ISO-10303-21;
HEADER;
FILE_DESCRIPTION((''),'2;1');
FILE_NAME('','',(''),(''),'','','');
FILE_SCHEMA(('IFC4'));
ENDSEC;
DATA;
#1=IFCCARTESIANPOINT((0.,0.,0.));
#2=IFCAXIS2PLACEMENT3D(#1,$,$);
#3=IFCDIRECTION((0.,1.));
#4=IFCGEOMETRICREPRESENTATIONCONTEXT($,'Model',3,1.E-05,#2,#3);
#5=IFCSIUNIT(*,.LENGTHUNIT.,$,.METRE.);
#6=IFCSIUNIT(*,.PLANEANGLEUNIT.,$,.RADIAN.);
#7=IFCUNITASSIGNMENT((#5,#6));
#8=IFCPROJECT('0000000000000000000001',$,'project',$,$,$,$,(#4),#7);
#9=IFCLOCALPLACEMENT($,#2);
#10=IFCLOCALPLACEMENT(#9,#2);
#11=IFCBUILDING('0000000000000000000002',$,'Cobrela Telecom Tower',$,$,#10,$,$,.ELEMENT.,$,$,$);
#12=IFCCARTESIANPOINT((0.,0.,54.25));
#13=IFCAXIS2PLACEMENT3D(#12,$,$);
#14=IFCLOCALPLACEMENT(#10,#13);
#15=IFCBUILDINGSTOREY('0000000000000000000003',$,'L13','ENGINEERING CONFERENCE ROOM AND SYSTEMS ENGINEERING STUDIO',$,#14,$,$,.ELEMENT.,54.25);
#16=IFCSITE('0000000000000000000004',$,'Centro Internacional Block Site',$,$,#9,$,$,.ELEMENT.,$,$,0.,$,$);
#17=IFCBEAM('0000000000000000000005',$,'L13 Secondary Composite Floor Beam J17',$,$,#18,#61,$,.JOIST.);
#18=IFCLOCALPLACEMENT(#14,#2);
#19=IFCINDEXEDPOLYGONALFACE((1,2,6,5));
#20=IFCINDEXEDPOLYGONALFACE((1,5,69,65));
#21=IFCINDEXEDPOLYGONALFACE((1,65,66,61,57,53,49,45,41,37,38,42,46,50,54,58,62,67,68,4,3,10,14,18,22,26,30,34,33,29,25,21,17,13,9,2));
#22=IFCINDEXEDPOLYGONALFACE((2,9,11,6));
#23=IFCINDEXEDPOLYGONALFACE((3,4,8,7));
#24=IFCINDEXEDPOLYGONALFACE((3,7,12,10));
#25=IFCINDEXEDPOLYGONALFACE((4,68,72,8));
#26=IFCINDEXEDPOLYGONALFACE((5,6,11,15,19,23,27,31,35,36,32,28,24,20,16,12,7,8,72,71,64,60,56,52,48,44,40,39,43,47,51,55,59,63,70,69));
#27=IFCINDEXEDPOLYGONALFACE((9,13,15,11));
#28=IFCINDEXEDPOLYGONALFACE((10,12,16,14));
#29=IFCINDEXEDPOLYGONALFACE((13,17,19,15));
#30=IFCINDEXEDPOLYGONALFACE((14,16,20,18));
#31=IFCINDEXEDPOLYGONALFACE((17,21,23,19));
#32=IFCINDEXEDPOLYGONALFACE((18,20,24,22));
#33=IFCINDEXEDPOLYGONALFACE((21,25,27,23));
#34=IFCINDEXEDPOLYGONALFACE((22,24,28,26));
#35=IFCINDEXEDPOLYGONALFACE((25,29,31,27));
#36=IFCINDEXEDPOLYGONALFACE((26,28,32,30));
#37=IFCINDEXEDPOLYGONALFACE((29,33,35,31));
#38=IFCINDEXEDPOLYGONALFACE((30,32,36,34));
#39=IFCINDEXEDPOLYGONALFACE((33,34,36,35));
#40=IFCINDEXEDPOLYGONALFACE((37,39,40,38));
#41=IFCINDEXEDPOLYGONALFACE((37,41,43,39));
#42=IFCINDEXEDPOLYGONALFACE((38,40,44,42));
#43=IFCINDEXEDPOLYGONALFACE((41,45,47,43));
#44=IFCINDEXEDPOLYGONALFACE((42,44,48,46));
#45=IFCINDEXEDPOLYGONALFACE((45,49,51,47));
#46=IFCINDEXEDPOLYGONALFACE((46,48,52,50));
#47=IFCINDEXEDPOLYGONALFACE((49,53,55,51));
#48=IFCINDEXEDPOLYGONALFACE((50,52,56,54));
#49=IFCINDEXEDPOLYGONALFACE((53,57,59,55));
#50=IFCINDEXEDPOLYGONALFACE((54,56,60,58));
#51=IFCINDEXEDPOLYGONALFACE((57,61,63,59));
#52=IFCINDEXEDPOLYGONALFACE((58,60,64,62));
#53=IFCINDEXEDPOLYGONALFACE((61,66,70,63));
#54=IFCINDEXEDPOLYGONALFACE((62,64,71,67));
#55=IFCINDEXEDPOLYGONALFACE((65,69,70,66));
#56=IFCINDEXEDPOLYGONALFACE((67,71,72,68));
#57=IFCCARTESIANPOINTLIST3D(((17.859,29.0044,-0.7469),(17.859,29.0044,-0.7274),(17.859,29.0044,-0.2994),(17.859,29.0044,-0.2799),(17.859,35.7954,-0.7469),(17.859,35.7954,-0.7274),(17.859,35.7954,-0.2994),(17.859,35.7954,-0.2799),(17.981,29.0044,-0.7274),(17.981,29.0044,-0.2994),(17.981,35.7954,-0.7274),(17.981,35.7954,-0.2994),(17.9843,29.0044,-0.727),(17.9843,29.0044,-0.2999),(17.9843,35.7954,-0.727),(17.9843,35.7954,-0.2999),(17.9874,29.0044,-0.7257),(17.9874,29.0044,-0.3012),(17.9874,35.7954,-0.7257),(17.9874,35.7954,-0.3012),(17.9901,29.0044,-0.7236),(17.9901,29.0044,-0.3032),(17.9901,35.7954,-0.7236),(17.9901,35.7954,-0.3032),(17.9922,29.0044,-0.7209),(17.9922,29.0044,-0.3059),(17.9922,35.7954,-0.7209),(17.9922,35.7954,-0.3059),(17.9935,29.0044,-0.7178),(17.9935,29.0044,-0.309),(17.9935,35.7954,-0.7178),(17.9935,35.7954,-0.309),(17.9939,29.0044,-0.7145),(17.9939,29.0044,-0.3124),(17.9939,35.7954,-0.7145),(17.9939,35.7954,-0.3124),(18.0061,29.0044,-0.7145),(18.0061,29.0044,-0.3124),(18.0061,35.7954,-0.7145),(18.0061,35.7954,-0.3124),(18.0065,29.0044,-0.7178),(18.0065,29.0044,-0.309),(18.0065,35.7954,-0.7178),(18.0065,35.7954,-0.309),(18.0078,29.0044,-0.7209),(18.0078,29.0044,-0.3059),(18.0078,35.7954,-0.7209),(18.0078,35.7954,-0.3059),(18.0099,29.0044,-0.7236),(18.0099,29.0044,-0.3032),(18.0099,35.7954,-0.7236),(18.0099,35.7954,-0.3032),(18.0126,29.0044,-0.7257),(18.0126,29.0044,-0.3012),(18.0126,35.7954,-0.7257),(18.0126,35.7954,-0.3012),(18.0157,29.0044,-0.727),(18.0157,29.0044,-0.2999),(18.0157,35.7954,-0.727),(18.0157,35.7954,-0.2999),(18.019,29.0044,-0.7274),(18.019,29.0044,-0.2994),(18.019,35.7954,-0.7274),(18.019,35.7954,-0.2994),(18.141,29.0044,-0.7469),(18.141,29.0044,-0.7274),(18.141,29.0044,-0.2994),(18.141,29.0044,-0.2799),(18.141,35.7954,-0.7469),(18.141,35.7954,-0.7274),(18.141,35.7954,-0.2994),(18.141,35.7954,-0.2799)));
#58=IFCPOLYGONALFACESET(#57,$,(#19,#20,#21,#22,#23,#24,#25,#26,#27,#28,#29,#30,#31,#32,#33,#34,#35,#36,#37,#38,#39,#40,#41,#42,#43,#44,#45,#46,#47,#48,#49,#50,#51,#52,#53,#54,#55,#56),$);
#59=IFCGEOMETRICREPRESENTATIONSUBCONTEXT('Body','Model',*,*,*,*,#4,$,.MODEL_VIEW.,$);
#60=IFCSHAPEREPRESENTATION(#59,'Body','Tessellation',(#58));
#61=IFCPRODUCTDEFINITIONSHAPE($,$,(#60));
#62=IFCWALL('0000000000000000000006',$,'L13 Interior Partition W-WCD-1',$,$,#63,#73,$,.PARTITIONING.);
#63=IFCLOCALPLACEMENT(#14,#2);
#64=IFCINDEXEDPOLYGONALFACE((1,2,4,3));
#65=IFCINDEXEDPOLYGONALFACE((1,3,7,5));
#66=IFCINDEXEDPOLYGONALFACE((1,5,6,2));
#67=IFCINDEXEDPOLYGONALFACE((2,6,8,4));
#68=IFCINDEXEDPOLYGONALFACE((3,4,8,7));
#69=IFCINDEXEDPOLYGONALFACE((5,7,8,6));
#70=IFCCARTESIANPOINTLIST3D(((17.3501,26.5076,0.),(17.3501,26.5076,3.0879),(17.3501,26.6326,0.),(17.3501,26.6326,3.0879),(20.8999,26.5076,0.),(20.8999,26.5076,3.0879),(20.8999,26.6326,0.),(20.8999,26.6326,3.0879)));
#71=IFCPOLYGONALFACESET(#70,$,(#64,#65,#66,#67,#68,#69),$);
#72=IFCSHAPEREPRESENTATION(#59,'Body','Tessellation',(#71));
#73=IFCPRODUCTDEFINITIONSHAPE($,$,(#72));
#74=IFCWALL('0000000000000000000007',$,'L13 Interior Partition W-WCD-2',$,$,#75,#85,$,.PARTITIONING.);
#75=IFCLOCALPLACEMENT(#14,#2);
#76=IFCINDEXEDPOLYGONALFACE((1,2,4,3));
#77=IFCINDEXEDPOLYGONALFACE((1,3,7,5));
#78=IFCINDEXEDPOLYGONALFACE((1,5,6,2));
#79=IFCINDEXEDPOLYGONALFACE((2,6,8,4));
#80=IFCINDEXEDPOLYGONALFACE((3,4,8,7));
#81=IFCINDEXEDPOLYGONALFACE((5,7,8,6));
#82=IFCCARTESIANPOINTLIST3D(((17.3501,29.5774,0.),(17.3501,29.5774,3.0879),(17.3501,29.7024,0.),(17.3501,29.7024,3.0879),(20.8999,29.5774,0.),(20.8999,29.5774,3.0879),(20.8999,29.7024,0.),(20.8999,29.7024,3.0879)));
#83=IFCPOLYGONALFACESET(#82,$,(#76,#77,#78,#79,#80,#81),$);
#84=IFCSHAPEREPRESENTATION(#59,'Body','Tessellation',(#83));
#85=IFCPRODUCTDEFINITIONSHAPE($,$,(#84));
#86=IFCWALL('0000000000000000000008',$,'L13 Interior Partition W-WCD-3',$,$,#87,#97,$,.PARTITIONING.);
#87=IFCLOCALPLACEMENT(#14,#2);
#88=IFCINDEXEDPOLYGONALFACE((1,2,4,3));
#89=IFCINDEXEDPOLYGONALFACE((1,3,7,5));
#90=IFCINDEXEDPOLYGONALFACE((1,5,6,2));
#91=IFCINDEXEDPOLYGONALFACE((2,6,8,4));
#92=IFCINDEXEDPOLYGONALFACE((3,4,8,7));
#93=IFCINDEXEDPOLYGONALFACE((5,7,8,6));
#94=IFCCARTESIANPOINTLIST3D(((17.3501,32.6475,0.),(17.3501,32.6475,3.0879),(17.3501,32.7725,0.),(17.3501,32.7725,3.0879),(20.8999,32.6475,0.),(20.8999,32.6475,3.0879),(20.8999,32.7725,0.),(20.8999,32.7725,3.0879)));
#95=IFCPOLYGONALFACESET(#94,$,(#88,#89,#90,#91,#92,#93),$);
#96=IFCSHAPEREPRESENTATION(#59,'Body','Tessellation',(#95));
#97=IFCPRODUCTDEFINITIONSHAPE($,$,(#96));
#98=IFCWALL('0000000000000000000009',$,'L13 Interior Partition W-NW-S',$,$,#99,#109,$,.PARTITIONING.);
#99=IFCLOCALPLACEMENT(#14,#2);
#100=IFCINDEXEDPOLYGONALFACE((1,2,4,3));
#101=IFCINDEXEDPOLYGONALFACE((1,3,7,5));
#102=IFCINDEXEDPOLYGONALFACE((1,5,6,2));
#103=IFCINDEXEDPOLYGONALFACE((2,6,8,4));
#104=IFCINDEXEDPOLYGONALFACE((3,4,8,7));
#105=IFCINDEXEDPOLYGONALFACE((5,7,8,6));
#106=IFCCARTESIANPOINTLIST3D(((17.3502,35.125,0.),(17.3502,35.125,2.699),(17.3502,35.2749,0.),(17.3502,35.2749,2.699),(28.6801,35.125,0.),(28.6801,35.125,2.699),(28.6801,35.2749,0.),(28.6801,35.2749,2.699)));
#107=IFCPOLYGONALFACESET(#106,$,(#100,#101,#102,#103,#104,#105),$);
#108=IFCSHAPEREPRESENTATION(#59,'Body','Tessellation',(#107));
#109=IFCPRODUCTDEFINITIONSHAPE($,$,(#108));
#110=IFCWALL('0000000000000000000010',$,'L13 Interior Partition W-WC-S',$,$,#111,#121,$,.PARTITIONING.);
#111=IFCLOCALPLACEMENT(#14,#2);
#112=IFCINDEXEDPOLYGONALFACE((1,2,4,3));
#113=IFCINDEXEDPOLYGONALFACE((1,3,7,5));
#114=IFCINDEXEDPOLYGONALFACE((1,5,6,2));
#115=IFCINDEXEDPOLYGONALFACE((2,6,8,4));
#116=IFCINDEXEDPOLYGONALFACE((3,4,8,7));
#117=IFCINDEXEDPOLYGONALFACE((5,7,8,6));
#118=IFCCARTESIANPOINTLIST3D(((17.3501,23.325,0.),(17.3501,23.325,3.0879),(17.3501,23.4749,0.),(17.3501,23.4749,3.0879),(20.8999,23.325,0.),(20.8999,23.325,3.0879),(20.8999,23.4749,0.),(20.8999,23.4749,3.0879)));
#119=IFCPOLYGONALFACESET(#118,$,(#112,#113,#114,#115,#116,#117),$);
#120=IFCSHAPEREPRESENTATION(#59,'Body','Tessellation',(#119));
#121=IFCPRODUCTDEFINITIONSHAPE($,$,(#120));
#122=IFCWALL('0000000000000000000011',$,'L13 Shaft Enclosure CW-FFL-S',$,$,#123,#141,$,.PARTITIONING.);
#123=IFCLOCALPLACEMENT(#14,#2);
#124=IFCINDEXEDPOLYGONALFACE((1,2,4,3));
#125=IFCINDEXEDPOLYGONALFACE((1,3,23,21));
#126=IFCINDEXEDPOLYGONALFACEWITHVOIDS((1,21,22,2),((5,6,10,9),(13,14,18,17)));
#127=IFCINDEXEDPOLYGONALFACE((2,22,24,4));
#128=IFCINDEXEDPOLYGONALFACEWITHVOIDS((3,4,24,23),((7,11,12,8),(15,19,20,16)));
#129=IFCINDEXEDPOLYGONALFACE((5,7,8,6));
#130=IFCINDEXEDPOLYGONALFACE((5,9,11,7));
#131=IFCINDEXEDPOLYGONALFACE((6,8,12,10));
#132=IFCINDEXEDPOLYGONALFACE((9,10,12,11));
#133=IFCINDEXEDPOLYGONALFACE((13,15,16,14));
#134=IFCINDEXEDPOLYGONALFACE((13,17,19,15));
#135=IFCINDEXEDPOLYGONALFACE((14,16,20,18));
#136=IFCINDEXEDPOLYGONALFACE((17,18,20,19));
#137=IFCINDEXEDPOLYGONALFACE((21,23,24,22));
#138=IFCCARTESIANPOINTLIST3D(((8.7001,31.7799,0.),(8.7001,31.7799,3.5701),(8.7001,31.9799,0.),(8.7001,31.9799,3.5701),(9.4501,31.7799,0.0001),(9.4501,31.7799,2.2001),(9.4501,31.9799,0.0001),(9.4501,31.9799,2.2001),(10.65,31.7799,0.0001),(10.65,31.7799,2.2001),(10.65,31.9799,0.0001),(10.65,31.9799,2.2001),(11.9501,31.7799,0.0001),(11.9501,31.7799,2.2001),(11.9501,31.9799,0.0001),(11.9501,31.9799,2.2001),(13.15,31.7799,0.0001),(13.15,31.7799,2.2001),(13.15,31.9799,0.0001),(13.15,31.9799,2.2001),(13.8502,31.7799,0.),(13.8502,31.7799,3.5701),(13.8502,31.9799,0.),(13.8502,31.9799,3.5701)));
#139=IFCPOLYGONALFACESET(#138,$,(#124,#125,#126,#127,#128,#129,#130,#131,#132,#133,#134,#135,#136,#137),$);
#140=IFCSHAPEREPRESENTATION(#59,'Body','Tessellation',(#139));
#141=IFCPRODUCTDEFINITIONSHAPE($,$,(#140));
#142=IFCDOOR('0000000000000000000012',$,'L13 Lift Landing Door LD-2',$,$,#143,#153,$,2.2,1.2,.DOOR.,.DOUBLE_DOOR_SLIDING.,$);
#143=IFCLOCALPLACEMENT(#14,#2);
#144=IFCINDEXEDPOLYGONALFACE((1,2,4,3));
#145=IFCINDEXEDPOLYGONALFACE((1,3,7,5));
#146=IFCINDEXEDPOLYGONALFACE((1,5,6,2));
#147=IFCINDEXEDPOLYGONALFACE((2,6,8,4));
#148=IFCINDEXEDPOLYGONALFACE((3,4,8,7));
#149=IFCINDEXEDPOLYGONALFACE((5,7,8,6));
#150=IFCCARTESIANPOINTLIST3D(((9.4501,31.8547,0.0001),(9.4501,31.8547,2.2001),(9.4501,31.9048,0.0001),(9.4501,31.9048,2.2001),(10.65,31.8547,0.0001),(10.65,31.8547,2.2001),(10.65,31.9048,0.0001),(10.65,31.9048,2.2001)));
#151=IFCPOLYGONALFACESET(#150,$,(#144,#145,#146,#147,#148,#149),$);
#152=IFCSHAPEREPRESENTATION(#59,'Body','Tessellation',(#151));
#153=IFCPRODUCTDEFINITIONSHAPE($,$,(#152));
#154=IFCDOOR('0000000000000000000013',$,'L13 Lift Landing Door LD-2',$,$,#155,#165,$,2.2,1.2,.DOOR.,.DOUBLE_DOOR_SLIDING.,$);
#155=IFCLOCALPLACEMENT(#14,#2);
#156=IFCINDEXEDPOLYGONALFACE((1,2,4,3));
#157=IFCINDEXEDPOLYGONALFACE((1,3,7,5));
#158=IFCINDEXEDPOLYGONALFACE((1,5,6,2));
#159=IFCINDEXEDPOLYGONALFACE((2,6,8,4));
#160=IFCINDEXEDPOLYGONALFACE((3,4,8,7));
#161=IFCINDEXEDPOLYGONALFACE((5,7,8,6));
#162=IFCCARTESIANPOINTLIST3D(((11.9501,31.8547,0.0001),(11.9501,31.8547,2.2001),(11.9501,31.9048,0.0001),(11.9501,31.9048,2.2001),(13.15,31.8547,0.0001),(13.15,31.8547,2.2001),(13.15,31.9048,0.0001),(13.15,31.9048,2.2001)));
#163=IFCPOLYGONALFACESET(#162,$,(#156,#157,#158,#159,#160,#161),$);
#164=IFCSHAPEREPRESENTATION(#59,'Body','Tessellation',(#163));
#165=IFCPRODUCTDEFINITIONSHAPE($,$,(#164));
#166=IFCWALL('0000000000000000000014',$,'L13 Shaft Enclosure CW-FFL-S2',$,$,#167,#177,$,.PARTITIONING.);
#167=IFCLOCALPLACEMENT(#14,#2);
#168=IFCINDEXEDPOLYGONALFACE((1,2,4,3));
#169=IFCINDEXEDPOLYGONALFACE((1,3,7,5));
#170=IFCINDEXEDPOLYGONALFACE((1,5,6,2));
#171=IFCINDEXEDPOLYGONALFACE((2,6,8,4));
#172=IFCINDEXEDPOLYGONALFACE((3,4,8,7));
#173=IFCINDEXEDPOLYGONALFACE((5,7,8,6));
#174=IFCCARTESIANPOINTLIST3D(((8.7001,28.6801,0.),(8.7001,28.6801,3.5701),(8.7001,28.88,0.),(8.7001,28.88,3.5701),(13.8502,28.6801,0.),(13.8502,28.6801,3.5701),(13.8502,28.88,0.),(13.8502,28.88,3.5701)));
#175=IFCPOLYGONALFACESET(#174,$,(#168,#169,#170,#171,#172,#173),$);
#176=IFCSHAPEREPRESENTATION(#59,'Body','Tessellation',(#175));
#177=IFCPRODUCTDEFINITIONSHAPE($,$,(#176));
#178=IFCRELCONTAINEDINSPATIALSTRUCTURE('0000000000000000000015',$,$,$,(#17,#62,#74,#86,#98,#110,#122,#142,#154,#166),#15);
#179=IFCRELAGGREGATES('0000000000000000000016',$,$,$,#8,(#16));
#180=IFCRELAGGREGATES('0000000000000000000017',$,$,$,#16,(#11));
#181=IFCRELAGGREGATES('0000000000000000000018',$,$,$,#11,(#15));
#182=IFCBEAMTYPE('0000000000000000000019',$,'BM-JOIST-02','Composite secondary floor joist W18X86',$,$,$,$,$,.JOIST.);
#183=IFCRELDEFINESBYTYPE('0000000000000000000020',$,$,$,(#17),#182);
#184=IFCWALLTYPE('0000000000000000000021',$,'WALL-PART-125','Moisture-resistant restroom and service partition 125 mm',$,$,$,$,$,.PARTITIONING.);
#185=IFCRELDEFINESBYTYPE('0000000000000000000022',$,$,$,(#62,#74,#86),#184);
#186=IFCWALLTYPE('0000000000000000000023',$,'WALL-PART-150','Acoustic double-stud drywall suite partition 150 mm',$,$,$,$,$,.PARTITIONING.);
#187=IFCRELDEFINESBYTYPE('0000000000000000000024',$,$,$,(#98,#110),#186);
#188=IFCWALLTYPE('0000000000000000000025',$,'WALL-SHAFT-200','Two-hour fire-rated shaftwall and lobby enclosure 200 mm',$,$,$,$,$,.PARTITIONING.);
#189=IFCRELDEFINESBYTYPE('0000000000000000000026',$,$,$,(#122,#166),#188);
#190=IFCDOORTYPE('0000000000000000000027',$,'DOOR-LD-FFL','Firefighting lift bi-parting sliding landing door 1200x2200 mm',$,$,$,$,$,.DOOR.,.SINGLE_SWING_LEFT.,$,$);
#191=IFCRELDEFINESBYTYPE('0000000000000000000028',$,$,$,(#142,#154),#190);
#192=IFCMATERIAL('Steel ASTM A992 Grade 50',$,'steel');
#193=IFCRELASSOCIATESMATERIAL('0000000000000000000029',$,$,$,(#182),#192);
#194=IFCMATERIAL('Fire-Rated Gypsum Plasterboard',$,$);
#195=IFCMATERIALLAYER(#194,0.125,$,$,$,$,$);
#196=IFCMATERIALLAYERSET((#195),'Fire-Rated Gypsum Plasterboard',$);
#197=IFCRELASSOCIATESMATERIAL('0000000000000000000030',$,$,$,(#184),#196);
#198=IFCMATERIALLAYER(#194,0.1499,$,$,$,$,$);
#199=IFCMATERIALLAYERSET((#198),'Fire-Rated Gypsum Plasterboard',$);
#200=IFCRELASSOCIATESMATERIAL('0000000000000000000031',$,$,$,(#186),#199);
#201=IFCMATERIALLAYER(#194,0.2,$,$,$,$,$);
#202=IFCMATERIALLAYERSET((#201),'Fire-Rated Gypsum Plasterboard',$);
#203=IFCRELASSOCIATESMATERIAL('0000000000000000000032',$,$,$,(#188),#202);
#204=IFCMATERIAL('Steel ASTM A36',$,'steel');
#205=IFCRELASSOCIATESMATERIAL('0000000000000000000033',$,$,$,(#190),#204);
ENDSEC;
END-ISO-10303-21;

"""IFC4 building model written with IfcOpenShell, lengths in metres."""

from ifc_helpers import new_model, si_unit, direction, frame, frame_2d, origin, origin_2d, place, context, subcontext, project, spatial, rectangle, i_section, extrude, material, layer, layer_set, material_profile, profile_set, type_object, element, fill, save


model = new_model("IFC4")

# Units and contexts
model_context = context("Model", 3, precision=1e-05, world=origin(), true_north=direction((0.0, 1.0)))
body_context = subcontext(model_context, "Body", "Model", "MODEL_VIEW")
ifc_project = project(units=[si_unit("LENGTHUNIT", "METRE"), si_unit("PLANEANGLEUNIT", "RADIAN")], contexts=[model_context])

# Site, building, storey
site_placement = place(None, origin())
site = spatial("IfcSite", under=ifc_project, at=site_placement, Name="Centro Internacional Block Site", CompositionType="ELEMENT", RefElevation=0.0)
building_placement = place(site_placement, origin())
building = spatial("IfcBuilding", under=site, at=building_placement, Name="Cobrela Telecom Tower", CompositionType="ELEMENT")
storey_placement = place(building_placement, frame((0.0, 0.0, 54.25)))
storey = spatial("IfcBuildingStorey", under=building, at=storey_placement, Name="L13", Description="ENGINEERING CONFERENCE ROOM AND SYSTEMS ENGINEERING STUDIO", CompositionType="ELEMENT", Elevation=54.25)

# Beam
ifc_material_1 = material(Name="Steel ASTM A992 Grade 50", Category="steel")
ifc_material_profile_1 = material_profile(ifc_material_1, i_section(OverallWidth=0.282, OverallDepth=0.467, WebThickness=0.0122, FlangeThickness=0.0195, FilletRadius=0.0129, at=origin_2d()), Name="W18X86")
ifc_profile_set_1 = profile_set([ifc_material_profile_1], Name="Steel ASTM A992 Grade 50")
beam_type_1 = type_object("IfcBeamType", Name="BM-JOIST-02", Description="Composite secondary floor joist W18X86", PredefinedType="JOIST", material=ifc_profile_set_1)
for number, where, z_axis, x_axis, name in (
    (1, (18.0, 29.0044, -0.5134), (0.0, 1.0, 0.0), (-1.0, 0.0, 0.0), "L13 Secondary Composite Floor Beam J17"),
):
    element("IfcBeam", number, at=place(storey_placement, frame(where, z_axis=z_axis, x_axis=x_axis)), inside=storey, type_object=beam_type_1, Name=name, PredefinedType="JOIST", context=body_context, shape_type="SweptSolid", body=[
        extrude(i_section(OverallWidth=0.282, OverallDepth=0.467, WebThickness=0.0122, FlangeThickness=0.0195, FilletRadius=0.0129, at=origin_2d()), origin(), (0.0, 0.0, 1.0), 6.791),
    ])

# Shared definitions
ifc_material_2 = material(Name="Steel ASTM A36", Category="steel")

# Walls
ifc_material_3 = material(Name="Fire-Rated Gypsum Plasterboard")
ifc_layer_1 = layer(ifc_material_3, 0.125)
ifc_layer_set_1 = layer_set([ifc_layer_1], Name="Fire-Rated Gypsum Plasterboard")
wall_type_1 = type_object("IfcWallType", Name="WALL-PART-125", Description="Moisture-resistant restroom and service partition 125 mm", PredefinedType="PARTITIONING", material=ifc_layer_set_1)
for number, where, z_axis, x_axis, name in (
    (2, (17.3501, 26.5701, 0.0), (0.0, 0.0, 1.0), (1.0, 0.0, 0.0), "L13 Interior Partition W-WCD-1"),
    (3, (17.3501, 29.6399, 0.0), (0.0, 0.0, 1.0), (1.0, 0.0, 0.0), "L13 Interior Partition W-WCD-2"),
    (4, (17.3501, 32.71, 0.0), (0.0, 0.0, 1.0), (1.0, 0.0, 0.0), "L13 Interior Partition W-WCD-3"),
):
    element("IfcWall", number, at=place(storey_placement, frame(where, z_axis=z_axis, x_axis=x_axis)), inside=storey, type_object=wall_type_1, Name=name, PredefinedType="PARTITIONING", context=body_context, shape_type="SweptSolid", body=[
        extrude(rectangle(XDim=3.5498, YDim=0.125, at=frame_2d((1.7749, 0.0))), origin(), (0.0, 0.0, 1.0), 3.0879),
    ])

# Shared definitions
ifc_layer_2 = layer(ifc_material_3, 0.1499)
ifc_layer_set_2 = layer_set([ifc_layer_2], Name="Fire-Rated Gypsum Plasterboard")
wall_type_2 = type_object("IfcWallType", Name="WALL-PART-150", Description="Acoustic double-stud drywall suite partition 150 mm", PredefinedType="PARTITIONING", material=ifc_layer_set_2)

# Walls
wall_1_placement = place(storey_placement, frame((17.3501, 35.2, 0.0), z_axis=(0.0, 0.0, 1.0), x_axis=(1.0, 0.0, 0.0)))
element("IfcWall", 5, at=wall_1_placement, inside=storey, type_object=wall_type_2, Name="L13 Interior Partition W-NW-S", PredefinedType="PARTITIONING", context=body_context, shape_type="SweptSolid", body=[
    extrude(rectangle(XDim=11.3298, YDim=0.1499, at=frame_2d((5.665, 0.0))), origin(), (0.0, 0.0, 1.0), 2.699),
])
wall_2_placement = place(storey_placement, frame((17.3501, 23.3999, 0.0), z_axis=(0.0, 0.0, 1.0), x_axis=(1.0, 0.0, 0.0)))
element("IfcWall", 6, at=wall_2_placement, inside=storey, type_object=wall_type_2, Name="L13 Interior Partition W-WC-S", PredefinedType="PARTITIONING", context=body_context, shape_type="SweptSolid", body=[
    extrude(rectangle(XDim=3.5498, YDim=0.1499, at=frame_2d((1.7749, 0.0))), origin(), (0.0, 0.0, 1.0), 3.0879),
])

# Wall, openings, doors
ifc_layer_3 = layer(ifc_material_3, 0.2)
ifc_layer_set_3 = layer_set([ifc_layer_3], Name="Fire-Rated Gypsum Plasterboard")
wall_type_3 = type_object("IfcWallType", Name="WALL-SHAFT-200", Description="Two-hour fire-rated shaftwall and lobby enclosure 200 mm", PredefinedType="PARTITIONING", material=ifc_layer_set_3)
wall_3_placement = place(storey_placement, frame((8.7, 31.8799, 0.0), z_axis=(0.0, 0.0, 1.0), x_axis=(1.0, 0.0, 0.0)))
wall_3 = element("IfcWall", 7, at=wall_3_placement, inside=storey, type_object=wall_type_3, Name="L13 Shaft Enclosure CW-FFL-S", PredefinedType="PARTITIONING", context=body_context, shape_type="SweptSolid", body=[
    extrude(rectangle(XDim=5.1501, YDim=0.2, at=frame_2d((2.5752, 0.0))), origin(), (0.0, 0.0, 1.0), 3.5701),
])
opening_1_placement = place(wall_3_placement, frame((0.75, 0.0, 0.0)))
opening_1 = element("IfcOpeningElement", 8, at=opening_1_placement, cuts=wall_3, PredefinedType="OPENING", context=body_context, shape_type="SweptSolid", body=[
    extrude(rectangle(XDim=1.2, YDim=2.2, at=frame_2d((0.6001, 1.1001))), frame((0.0, 0.1118, 0.0), z_axis=(0.0, -1.0, 0.0), x_axis=(1.0, 0.0, 0.0)), (0.0, 0.0, 1.0), 0.2239),
])
opening_2_placement = place(wall_3_placement, frame((3.25, 0.0, 0.0)))
opening_2 = element("IfcOpeningElement", 9, at=opening_2_placement, cuts=wall_3, PredefinedType="OPENING", context=body_context, shape_type="SweptSolid", body=[
    extrude(rectangle(XDim=1.2, YDim=2.2, at=frame_2d((0.6001, 1.1001))), frame((0.0, 0.1118, 0.0), z_axis=(0.0, -1.0, 0.0), x_axis=(1.0, 0.0, 0.0)), (0.0, 0.0, 1.0), 0.2239),
])
door_type_1 = type_object("IfcDoorType", Name="DOOR-LD-FFL", Description="Firefighting lift bi-parting sliding landing door 1200x2200 mm", OperationType="SINGLE_SWING_LEFT", PredefinedType="DOOR", material=ifc_material_2)
door_1_placement = place(opening_1_placement, origin())
door_1 = element("IfcDoor", 10, at=door_1_placement, inside=storey, type_object=door_type_1, Name="L13 Lift Landing Door LD-2", OperationType="DOUBLE_DOOR_SLIDING", OverallHeight=2.2, OverallWidth=1.2, PredefinedType="DOOR", context=body_context, shape_type="SweptSolid", body=[
    extrude(rectangle(XDim=1.2, YDim=2.2, at=frame_2d((0.6001, 1.1001))), frame((0.0, 0.0249, 0.0), z_axis=(0.0, -1.0, 0.0), x_axis=(1.0, 0.0, 0.0)), (0.0, 0.0, 1.0), 0.05),
])
fill(opening_1, door_1)
door_2_placement = place(opening_2_placement, origin())
door_2 = element("IfcDoor", 11, at=door_2_placement, inside=storey, type_object=door_type_1, Name="L13 Lift Landing Door LD-2", OperationType="DOUBLE_DOOR_SLIDING", OverallHeight=2.2, OverallWidth=1.2, PredefinedType="DOOR", context=body_context, shape_type="SweptSolid", body=[
    extrude(rectangle(XDim=1.2, YDim=2.2, at=frame_2d((0.6001, 1.1001))), frame((0.0, 0.0249, 0.0), z_axis=(0.0, -1.0, 0.0), x_axis=(1.0, 0.0, 0.0)), (0.0, 0.0, 1.0), 0.05),
])
fill(opening_2, door_2)

# Wall
wall_4_placement = place(storey_placement, frame((8.7, 28.78, 0.0), z_axis=(0.0, 0.0, 1.0), x_axis=(1.0, 0.0, 0.0)))
element("IfcWall", 12, at=wall_4_placement, inside=storey, type_object=wall_type_3, Name="L13 Shaft Enclosure CW-FFL-S2", PredefinedType="PARTITIONING", context=body_context, shape_type="SweptSolid", body=[
    extrude(rectangle(XDim=5.1501, YDim=0.2, at=frame_2d((2.5752, 0.0))), origin(), (0.0, 0.0, 1.0), 3.5701),
])

save(model, "model.ifc")
